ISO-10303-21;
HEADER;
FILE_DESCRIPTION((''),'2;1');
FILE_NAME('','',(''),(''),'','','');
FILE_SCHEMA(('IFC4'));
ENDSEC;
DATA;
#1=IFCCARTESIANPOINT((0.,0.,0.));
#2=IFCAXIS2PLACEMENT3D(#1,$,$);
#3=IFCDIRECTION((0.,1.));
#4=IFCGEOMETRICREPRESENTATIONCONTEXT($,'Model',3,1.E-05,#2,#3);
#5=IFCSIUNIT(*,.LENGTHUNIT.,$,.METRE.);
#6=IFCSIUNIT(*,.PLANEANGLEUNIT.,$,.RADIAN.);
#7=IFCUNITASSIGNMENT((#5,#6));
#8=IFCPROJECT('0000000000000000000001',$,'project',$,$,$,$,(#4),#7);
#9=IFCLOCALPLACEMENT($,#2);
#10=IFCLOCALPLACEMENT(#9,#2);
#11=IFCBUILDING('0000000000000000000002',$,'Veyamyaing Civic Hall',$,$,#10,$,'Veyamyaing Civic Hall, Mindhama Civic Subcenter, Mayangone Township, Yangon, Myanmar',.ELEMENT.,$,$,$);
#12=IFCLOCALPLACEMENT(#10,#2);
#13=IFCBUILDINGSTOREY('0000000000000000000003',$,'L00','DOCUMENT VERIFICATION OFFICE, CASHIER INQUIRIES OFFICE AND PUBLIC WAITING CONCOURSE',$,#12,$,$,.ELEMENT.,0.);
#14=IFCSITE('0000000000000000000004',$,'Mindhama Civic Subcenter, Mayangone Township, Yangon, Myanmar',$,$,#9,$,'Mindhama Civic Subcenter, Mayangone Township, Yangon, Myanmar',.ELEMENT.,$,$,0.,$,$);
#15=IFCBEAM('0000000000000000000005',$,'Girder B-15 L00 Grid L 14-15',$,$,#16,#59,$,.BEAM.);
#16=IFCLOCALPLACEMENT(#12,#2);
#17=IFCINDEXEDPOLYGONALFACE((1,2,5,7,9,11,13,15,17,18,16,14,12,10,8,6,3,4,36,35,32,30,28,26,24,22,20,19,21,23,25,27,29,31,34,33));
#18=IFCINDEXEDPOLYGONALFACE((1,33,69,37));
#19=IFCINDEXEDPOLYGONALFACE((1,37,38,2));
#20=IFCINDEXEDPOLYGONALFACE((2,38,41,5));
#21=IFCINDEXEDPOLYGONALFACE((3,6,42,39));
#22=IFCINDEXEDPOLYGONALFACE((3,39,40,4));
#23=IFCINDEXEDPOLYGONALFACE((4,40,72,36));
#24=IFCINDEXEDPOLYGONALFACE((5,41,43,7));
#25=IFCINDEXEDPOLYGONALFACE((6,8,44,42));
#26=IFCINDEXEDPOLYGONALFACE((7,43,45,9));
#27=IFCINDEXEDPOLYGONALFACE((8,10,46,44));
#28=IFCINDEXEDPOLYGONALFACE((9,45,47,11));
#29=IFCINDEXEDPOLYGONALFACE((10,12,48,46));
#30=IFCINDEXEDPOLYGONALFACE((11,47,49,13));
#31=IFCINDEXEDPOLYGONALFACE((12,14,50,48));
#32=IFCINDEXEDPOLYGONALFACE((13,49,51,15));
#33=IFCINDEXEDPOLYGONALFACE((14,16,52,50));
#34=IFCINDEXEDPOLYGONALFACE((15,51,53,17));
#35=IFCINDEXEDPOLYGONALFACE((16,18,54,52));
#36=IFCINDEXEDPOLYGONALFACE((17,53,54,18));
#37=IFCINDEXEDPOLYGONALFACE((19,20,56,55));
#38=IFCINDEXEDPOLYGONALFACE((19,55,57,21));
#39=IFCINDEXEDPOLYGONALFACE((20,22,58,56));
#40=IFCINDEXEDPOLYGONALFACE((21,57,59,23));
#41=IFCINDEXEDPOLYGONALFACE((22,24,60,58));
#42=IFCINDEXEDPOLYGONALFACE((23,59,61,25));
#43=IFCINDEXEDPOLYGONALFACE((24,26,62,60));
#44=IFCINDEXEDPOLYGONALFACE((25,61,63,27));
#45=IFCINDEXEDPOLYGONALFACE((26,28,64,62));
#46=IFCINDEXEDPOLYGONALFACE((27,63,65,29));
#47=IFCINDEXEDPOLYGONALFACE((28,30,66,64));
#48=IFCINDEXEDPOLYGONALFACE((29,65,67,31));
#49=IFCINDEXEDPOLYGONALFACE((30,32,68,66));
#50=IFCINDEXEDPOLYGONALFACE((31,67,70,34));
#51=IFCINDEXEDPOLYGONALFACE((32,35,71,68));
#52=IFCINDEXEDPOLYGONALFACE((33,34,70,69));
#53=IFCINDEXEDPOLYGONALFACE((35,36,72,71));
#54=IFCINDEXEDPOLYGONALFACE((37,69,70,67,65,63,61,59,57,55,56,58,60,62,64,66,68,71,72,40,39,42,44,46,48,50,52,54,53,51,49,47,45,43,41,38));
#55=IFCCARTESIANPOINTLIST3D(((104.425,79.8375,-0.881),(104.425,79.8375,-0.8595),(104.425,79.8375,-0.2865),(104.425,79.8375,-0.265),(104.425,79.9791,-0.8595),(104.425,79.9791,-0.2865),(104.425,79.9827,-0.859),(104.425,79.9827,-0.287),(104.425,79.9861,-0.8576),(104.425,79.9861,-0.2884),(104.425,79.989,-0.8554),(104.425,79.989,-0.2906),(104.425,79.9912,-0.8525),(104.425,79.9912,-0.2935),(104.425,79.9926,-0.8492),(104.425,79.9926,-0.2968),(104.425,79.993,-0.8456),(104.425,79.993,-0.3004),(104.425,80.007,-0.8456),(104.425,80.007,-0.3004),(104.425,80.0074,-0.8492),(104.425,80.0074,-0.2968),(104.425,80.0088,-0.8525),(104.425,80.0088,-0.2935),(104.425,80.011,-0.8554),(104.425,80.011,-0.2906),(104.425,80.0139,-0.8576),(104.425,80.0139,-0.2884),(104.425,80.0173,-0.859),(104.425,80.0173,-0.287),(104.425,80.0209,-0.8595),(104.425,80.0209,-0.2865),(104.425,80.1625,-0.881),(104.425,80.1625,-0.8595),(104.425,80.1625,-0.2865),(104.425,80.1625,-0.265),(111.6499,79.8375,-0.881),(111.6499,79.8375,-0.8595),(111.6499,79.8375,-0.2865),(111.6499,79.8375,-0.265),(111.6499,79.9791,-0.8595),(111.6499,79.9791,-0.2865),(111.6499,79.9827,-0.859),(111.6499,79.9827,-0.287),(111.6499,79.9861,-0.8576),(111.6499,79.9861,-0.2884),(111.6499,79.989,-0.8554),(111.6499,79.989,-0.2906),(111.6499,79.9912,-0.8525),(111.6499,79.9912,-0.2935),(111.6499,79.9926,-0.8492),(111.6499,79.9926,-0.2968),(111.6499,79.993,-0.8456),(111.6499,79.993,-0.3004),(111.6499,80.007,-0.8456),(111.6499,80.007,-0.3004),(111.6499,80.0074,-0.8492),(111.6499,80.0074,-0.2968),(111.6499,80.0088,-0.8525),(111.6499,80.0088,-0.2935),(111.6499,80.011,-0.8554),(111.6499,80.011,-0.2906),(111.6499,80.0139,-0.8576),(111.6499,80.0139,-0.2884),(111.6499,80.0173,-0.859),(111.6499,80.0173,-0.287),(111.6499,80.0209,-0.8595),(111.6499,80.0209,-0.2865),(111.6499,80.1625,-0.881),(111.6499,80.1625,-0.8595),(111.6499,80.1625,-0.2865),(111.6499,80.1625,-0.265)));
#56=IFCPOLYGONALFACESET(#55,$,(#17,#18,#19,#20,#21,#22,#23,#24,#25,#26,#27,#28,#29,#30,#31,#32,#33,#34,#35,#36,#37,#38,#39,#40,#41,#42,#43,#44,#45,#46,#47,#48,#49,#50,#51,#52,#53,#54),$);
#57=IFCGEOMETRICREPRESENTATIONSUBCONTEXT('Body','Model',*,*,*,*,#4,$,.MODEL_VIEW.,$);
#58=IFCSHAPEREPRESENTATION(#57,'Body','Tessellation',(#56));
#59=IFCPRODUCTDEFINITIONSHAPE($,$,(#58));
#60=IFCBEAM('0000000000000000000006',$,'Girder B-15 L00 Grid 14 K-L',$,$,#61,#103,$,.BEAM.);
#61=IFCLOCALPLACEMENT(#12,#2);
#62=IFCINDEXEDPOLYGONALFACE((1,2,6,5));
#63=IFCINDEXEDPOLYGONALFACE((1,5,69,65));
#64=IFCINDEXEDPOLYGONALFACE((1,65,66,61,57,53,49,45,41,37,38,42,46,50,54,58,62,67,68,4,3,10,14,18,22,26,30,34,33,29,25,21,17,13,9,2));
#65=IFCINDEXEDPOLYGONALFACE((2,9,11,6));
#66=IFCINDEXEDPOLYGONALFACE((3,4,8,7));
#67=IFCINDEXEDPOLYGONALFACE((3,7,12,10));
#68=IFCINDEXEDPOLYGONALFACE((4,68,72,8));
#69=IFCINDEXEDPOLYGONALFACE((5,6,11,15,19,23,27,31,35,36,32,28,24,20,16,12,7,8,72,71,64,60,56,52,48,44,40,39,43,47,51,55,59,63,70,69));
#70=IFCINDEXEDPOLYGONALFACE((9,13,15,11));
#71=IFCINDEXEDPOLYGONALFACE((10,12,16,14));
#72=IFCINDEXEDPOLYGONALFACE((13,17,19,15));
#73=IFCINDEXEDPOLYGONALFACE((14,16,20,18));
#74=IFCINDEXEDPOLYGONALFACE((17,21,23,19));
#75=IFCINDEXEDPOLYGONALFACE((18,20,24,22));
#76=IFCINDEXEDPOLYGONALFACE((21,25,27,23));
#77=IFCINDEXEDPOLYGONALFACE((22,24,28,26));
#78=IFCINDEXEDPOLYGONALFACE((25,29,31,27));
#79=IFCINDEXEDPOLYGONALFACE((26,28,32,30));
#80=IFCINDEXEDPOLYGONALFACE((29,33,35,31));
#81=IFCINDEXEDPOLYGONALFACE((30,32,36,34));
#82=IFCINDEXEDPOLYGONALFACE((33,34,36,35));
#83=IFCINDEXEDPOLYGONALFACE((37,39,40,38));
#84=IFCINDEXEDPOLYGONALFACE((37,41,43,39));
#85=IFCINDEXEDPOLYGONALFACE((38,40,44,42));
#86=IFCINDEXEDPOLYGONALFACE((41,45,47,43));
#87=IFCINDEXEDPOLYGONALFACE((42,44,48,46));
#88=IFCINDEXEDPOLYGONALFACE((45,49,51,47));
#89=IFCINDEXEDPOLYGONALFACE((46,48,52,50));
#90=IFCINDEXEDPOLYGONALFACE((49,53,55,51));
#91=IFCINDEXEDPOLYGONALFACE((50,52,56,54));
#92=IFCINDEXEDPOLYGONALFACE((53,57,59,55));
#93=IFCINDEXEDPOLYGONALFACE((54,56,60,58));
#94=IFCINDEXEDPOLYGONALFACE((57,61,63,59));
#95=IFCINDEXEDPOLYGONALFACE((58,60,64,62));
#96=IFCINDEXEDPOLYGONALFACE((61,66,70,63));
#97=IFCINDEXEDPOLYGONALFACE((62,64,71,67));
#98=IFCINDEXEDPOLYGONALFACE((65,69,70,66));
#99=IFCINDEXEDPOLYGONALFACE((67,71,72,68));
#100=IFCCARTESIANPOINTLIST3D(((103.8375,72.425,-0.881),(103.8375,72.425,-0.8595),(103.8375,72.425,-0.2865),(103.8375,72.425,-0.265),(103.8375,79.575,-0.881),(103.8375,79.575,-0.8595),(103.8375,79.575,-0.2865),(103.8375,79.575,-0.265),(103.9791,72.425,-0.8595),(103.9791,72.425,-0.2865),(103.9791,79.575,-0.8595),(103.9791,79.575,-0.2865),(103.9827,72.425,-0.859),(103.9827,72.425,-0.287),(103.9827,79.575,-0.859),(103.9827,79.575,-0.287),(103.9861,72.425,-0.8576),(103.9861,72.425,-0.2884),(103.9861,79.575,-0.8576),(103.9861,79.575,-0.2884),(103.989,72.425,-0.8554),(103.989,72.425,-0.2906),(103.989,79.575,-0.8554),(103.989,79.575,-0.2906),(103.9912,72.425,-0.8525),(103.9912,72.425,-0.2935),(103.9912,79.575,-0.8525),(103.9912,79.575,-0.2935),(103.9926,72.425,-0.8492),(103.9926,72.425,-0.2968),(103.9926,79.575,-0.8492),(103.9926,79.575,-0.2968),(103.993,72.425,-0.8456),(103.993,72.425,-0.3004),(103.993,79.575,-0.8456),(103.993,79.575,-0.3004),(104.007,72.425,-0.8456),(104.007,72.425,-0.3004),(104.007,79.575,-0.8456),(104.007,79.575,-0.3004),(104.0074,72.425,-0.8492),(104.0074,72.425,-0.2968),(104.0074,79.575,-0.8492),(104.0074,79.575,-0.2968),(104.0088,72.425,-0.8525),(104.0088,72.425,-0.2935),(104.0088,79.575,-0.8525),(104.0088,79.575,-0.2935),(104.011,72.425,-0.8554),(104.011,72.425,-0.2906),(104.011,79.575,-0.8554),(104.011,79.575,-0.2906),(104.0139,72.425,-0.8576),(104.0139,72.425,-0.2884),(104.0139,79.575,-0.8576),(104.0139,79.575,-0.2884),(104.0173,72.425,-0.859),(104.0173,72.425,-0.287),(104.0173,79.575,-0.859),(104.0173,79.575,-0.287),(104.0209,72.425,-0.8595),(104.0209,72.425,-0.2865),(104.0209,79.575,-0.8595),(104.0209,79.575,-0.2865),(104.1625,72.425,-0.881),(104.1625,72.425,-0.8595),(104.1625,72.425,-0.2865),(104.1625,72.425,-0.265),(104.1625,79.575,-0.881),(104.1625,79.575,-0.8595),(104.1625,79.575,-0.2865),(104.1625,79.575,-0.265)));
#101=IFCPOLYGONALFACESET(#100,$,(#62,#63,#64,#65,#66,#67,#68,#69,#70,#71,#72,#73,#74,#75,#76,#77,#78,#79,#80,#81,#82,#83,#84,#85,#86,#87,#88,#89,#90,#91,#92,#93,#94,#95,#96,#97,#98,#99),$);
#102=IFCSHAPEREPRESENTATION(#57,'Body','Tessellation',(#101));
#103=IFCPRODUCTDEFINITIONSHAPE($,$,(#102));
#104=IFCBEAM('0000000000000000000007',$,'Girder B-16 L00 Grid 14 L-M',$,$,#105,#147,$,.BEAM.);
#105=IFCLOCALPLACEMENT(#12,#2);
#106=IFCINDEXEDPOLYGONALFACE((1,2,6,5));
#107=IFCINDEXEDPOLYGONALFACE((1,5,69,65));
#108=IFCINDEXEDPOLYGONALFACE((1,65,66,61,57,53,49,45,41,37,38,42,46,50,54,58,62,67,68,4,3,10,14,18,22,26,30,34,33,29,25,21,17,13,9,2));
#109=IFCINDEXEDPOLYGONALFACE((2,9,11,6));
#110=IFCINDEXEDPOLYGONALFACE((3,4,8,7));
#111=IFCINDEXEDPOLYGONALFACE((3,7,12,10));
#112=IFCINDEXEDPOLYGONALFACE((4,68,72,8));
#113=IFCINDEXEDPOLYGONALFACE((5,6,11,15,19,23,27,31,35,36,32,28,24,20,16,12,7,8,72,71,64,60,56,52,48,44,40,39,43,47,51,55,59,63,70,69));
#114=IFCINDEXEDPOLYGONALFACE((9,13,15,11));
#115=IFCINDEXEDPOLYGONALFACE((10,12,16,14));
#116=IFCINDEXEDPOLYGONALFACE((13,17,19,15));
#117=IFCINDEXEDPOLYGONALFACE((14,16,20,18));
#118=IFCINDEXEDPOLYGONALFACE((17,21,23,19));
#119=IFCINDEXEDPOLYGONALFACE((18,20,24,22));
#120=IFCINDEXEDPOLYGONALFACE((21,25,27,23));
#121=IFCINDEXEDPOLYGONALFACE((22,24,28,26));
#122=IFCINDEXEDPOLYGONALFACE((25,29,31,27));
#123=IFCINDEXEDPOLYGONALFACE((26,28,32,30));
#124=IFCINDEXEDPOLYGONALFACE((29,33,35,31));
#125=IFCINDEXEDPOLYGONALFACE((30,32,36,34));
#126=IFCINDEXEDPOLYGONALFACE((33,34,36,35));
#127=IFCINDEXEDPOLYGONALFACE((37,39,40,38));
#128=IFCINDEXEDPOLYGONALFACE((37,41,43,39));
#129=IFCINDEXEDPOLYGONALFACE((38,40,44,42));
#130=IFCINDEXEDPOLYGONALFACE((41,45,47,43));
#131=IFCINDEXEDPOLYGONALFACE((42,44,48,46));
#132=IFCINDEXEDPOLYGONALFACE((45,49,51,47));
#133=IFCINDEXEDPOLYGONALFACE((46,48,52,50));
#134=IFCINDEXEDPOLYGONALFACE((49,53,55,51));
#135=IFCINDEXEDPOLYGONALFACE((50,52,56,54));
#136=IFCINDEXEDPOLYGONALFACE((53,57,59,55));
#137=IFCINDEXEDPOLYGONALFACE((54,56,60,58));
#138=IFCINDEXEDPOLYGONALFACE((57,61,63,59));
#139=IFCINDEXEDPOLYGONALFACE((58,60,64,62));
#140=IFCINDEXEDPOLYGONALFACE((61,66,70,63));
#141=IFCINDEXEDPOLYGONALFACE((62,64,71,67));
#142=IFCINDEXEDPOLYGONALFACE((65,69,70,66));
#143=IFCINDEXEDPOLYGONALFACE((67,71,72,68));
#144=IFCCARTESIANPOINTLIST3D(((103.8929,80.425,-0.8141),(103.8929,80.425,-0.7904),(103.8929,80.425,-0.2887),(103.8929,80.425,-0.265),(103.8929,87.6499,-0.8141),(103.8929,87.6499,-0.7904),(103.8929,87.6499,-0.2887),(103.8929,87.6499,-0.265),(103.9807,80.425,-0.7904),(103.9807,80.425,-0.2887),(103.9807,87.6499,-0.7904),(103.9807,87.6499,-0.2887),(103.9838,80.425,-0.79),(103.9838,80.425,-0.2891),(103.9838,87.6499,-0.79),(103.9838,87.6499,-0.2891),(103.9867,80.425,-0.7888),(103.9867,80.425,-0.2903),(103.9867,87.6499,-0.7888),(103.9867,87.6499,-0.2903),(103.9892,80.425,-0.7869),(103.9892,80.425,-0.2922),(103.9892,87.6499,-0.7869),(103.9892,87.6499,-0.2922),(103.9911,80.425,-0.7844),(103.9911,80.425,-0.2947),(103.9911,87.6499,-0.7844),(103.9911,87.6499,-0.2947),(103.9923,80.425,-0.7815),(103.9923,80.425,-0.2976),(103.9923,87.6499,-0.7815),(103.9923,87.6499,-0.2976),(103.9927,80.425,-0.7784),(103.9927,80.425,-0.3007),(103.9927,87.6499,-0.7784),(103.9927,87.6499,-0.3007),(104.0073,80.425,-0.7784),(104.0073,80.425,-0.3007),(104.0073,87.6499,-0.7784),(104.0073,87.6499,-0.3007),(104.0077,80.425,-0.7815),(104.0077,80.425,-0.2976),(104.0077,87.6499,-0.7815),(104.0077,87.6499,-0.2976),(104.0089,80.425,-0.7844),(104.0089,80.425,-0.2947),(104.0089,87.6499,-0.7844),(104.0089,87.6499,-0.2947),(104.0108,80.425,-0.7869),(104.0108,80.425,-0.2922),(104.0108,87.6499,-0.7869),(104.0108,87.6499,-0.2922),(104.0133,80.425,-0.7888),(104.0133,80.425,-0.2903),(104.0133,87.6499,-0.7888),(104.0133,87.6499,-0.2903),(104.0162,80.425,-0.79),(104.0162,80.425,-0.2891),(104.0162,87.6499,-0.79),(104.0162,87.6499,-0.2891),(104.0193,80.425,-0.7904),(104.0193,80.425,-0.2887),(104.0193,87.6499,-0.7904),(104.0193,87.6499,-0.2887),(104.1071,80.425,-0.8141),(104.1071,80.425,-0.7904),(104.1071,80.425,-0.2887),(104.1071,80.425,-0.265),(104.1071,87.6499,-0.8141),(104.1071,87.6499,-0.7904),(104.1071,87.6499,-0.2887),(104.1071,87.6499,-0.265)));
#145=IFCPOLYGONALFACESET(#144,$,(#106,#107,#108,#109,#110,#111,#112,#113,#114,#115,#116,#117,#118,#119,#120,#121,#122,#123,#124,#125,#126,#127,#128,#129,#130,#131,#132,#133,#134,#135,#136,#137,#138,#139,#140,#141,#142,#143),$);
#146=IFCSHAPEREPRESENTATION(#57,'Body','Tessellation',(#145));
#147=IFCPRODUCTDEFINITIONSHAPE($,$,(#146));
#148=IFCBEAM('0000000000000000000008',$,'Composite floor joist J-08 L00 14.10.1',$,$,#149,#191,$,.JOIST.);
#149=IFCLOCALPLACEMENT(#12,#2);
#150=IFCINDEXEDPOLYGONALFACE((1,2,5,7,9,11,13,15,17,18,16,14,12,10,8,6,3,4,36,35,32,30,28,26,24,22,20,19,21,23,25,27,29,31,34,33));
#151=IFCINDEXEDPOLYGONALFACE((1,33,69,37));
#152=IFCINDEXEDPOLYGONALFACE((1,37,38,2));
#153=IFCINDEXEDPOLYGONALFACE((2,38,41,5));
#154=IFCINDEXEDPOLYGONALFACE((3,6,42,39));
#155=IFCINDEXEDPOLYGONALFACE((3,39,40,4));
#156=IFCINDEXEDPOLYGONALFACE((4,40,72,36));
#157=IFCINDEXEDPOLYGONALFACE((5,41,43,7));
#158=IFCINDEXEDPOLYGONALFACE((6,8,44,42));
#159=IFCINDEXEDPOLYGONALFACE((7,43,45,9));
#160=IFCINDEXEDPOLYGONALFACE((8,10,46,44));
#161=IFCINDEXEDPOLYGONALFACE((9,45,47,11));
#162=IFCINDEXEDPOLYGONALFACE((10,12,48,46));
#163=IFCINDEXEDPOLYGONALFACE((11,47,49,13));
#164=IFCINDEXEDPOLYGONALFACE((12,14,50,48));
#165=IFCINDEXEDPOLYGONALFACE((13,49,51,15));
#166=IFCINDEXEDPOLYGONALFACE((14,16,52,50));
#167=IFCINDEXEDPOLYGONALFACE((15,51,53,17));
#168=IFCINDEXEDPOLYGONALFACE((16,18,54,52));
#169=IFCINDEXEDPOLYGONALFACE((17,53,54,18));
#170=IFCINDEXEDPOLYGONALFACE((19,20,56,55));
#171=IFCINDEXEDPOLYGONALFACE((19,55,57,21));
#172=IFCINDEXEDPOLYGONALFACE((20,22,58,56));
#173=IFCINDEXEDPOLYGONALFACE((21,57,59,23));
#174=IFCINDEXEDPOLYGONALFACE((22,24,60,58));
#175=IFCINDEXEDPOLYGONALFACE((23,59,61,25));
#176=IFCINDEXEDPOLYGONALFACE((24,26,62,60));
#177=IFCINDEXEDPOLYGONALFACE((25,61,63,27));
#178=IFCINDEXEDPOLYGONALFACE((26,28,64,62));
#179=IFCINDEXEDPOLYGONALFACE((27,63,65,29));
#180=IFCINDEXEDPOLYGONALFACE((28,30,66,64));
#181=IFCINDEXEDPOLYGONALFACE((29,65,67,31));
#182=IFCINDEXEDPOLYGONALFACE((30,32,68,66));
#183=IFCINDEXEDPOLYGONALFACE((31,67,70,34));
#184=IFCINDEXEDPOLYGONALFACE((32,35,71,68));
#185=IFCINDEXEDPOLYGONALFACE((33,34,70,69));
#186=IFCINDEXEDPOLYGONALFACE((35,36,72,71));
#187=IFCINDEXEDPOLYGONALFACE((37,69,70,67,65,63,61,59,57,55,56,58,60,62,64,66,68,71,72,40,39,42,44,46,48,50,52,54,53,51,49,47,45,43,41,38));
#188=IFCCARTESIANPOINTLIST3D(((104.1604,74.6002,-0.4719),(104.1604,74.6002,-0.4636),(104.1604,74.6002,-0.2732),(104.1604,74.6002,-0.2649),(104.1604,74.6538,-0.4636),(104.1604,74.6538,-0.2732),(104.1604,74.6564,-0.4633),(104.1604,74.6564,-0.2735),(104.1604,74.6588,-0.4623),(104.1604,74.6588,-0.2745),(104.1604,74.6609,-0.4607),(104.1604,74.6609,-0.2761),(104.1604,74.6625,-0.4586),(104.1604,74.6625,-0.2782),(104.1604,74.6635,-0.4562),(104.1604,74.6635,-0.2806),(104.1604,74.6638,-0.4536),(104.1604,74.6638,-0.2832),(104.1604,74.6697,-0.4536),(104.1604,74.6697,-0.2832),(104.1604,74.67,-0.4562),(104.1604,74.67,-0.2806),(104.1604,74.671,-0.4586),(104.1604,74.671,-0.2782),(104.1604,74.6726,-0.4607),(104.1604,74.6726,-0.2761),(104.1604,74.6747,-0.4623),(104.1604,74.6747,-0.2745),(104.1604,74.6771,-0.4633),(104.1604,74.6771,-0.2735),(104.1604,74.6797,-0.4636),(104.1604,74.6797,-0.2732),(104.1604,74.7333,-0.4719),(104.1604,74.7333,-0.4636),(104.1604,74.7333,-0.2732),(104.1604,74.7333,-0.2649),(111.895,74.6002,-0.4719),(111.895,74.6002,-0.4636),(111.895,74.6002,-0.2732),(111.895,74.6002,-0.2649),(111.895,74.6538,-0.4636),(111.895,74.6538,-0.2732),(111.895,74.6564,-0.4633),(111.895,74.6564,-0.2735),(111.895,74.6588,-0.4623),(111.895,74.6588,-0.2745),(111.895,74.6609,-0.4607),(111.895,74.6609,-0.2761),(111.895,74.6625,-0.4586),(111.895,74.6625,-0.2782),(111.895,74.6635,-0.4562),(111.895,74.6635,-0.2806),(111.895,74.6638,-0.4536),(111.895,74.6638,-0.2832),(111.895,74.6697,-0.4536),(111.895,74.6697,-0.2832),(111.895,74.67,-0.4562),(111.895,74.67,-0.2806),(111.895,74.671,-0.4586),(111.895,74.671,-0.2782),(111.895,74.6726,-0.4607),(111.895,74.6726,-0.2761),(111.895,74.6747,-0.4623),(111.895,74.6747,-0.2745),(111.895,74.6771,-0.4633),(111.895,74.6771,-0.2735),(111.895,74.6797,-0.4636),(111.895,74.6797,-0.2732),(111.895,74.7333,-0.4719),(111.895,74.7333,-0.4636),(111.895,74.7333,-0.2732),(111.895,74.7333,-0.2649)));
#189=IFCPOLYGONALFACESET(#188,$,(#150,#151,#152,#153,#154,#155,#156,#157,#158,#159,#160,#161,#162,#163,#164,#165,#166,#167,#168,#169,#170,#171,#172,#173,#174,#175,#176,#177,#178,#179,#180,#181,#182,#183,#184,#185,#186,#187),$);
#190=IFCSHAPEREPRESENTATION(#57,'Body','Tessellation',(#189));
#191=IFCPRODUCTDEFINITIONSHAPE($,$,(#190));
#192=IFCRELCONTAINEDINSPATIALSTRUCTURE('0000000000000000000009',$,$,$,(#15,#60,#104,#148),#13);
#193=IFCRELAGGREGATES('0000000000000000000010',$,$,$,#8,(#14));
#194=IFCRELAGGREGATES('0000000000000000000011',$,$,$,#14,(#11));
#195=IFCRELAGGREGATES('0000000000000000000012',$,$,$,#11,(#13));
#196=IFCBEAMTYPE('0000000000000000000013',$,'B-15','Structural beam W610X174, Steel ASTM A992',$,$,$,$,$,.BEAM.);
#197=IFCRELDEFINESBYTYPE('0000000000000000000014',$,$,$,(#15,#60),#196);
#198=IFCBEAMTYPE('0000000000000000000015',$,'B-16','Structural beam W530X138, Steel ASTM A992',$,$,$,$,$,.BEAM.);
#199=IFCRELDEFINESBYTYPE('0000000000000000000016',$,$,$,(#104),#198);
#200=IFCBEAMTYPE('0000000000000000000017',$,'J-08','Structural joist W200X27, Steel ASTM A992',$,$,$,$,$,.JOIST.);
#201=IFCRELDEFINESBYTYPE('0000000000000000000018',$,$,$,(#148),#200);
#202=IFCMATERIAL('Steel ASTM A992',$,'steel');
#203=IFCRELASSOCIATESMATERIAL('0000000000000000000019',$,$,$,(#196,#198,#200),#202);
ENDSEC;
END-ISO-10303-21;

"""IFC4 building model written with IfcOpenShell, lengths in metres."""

from ifc_helpers import new_model, si_unit, direction, frame, origin, origin_2d, place, context, subcontext, project, spatial, i_section, extrude, material, material_profile, profile_set, type_object, element, save


model = new_model("IFC4")

# Units and contexts
model_context = context("Model", 3, precision=1e-05, world=origin(), true_north=direction((0.0, 1.0)))
body_context = subcontext(model_context, "Body", "Model", "MODEL_VIEW")
ifc_project = project(units=[si_unit("LENGTHUNIT", "METRE"), si_unit("PLANEANGLEUNIT", "RADIAN")], contexts=[model_context])

# Site, building, storey
site_placement = place(None, origin())
site = spatial("IfcSite", under=ifc_project, at=site_placement, Name="Mindhama Civic Subcenter, Mayangone Township, Yangon, Myanmar", LongName="Mindhama Civic Subcenter, Mayangone Township, Yangon, Myanmar", CompositionType="ELEMENT", RefElevation=0.0)
building_placement = place(site_placement, origin())
building = spatial("IfcBuilding", under=site, at=building_placement, Name="Veyamyaing Civic Hall", LongName="Veyamyaing Civic Hall, Mindhama Civic Subcenter, Mayangone Township, Yangon, Myanmar", CompositionType="ELEMENT")
storey_placement = place(building_placement, origin())
storey = spatial("IfcBuildingStorey", under=building, at=storey_placement, Name="L00", Description="DOCUMENT VERIFICATION OFFICE, CASHIER INQUIRIES OFFICE AND PUBLIC WAITING CONCOURSE", CompositionType="ELEMENT", Elevation=0.0)

# Beams
ifc_material_1 = material(Name="Steel ASTM A992", Category="steel")
ifc_material_profile_1 = material_profile(ifc_material_1, i_section(OverallWidth=0.325, OverallDepth=0.616, WebThickness=0.0139, FlangeThickness=0.0215, FilletRadius=0.0139, at=origin_2d()), Name="W610X174")
ifc_profile_set_1 = profile_set([ifc_material_profile_1], Name="Steel ASTM A992")
beam_type_1 = type_object("IfcBeamType", Name="B-15", Description="Structural beam W610X174, Steel ASTM A992", PredefinedType="BEAM", material=ifc_profile_set_1)
beam_1_placement = place(storey_placement, frame((104.425, 80.0, -0.573), z_axis=(1.0, 0.0, 0.0), x_axis=(0.0, 1.0, 0.0)))
element("IfcBeam", 1, at=beam_1_placement, inside=storey, type_object=beam_type_1, Name="Girder B-15 L00 Grid L 14-15", PredefinedType="BEAM", context=body_context, shape_type="SweptSolid", body=[
    extrude(i_section(OverallWidth=0.325, OverallDepth=0.616, WebThickness=0.0139, FlangeThickness=0.0215, FilletRadius=0.0139, at=origin_2d()), origin(), (0.0, 0.0, 1.0), 7.2249),
])
beam_2_placement = place(storey_placement, frame((104.0, 72.425, -0.573), z_axis=(0.0, 1.0, 0.0), x_axis=(-1.0, 0.0, 0.0)))
element("IfcBeam", 2, at=beam_2_placement, inside=storey, type_object=beam_type_1, Name="Girder B-15 L00 Grid 14 K-L", PredefinedType="BEAM", context=body_context, shape_type="SweptSolid", body=[
    extrude(i_section(OverallWidth=0.325, OverallDepth=0.616, WebThickness=0.0139, FlangeThickness=0.0215, FilletRadius=0.0139, at=origin_2d()), origin(), (0.0, 0.0, 1.0), 7.1499),
])
ifc_material_profile_2 = material_profile(ifc_material_1, i_section(OverallWidth=0.2141, OverallDepth=0.5491, WebThickness=0.0146, FlangeThickness=0.0237, FilletRadius=0.012, at=origin_2d()), Name="W530X138")
ifc_profile_set_2 = profile_set([ifc_material_profile_2], Name="Steel ASTM A992")
beam_type_2 = type_object("IfcBeamType", Name="B-16", Description="Structural beam W530X138, Steel ASTM A992", PredefinedType="BEAM", material=ifc_profile_set_2)
beam_3_placement = place(storey_placement, frame((104.0, 80.425, -0.5396), z_axis=(0.0, 1.0, 0.0), x_axis=(-1.0, 0.0, 0.0)))
element("IfcBeam", 3, at=beam_3_placement, inside=storey, type_object=beam_type_2, Name="Girder B-16 L00 Grid 14 L-M", PredefinedType="BEAM", context=body_context, shape_type="SweptSolid", body=[
    extrude(i_section(OverallWidth=0.2141, OverallDepth=0.5491, WebThickness=0.0146, FlangeThickness=0.0237, FilletRadius=0.012, at=origin_2d()), origin(), (0.0, 0.0, 1.0), 7.2249),
])
ifc_material_profile_3 = material_profile(ifc_material_1, i_section(OverallWidth=0.1331, OverallDepth=0.207, WebThickness=0.0059, FlangeThickness=0.0083, FilletRadius=0.01, at=origin_2d()), Name="W200X27")
ifc_profile_set_3 = profile_set([ifc_material_profile_3], Name="Steel ASTM A992")
beam_type_3 = type_object("IfcBeamType", Name="J-08", Description="Structural joist W200X27, Steel ASTM A992", PredefinedType="JOIST", material=ifc_profile_set_3)
for number, where, z_axis, x_axis, name in (
    (4, (104.1604, 74.6667, -0.3684), (1.0, 0.0, 0.0), (0.0, 1.0, 0.0), "Composite floor joist J-08 L00 14.10.1"),
):
    element("IfcBeam", number, at=place(storey_placement, frame(where, z_axis=z_axis, x_axis=x_axis)), inside=storey, type_object=beam_type_3, Name=name, PredefinedType="JOIST", context=body_context, shape_type="SweptSolid", body=[
        extrude(i_section(OverallWidth=0.1331, OverallDepth=0.207, WebThickness=0.0059, FlangeThickness=0.0083, FilletRadius=0.01, at=origin_2d()), origin(), (0.0, 0.0, 1.0), 7.7346),
    ])

save(model, "model.ifc")
